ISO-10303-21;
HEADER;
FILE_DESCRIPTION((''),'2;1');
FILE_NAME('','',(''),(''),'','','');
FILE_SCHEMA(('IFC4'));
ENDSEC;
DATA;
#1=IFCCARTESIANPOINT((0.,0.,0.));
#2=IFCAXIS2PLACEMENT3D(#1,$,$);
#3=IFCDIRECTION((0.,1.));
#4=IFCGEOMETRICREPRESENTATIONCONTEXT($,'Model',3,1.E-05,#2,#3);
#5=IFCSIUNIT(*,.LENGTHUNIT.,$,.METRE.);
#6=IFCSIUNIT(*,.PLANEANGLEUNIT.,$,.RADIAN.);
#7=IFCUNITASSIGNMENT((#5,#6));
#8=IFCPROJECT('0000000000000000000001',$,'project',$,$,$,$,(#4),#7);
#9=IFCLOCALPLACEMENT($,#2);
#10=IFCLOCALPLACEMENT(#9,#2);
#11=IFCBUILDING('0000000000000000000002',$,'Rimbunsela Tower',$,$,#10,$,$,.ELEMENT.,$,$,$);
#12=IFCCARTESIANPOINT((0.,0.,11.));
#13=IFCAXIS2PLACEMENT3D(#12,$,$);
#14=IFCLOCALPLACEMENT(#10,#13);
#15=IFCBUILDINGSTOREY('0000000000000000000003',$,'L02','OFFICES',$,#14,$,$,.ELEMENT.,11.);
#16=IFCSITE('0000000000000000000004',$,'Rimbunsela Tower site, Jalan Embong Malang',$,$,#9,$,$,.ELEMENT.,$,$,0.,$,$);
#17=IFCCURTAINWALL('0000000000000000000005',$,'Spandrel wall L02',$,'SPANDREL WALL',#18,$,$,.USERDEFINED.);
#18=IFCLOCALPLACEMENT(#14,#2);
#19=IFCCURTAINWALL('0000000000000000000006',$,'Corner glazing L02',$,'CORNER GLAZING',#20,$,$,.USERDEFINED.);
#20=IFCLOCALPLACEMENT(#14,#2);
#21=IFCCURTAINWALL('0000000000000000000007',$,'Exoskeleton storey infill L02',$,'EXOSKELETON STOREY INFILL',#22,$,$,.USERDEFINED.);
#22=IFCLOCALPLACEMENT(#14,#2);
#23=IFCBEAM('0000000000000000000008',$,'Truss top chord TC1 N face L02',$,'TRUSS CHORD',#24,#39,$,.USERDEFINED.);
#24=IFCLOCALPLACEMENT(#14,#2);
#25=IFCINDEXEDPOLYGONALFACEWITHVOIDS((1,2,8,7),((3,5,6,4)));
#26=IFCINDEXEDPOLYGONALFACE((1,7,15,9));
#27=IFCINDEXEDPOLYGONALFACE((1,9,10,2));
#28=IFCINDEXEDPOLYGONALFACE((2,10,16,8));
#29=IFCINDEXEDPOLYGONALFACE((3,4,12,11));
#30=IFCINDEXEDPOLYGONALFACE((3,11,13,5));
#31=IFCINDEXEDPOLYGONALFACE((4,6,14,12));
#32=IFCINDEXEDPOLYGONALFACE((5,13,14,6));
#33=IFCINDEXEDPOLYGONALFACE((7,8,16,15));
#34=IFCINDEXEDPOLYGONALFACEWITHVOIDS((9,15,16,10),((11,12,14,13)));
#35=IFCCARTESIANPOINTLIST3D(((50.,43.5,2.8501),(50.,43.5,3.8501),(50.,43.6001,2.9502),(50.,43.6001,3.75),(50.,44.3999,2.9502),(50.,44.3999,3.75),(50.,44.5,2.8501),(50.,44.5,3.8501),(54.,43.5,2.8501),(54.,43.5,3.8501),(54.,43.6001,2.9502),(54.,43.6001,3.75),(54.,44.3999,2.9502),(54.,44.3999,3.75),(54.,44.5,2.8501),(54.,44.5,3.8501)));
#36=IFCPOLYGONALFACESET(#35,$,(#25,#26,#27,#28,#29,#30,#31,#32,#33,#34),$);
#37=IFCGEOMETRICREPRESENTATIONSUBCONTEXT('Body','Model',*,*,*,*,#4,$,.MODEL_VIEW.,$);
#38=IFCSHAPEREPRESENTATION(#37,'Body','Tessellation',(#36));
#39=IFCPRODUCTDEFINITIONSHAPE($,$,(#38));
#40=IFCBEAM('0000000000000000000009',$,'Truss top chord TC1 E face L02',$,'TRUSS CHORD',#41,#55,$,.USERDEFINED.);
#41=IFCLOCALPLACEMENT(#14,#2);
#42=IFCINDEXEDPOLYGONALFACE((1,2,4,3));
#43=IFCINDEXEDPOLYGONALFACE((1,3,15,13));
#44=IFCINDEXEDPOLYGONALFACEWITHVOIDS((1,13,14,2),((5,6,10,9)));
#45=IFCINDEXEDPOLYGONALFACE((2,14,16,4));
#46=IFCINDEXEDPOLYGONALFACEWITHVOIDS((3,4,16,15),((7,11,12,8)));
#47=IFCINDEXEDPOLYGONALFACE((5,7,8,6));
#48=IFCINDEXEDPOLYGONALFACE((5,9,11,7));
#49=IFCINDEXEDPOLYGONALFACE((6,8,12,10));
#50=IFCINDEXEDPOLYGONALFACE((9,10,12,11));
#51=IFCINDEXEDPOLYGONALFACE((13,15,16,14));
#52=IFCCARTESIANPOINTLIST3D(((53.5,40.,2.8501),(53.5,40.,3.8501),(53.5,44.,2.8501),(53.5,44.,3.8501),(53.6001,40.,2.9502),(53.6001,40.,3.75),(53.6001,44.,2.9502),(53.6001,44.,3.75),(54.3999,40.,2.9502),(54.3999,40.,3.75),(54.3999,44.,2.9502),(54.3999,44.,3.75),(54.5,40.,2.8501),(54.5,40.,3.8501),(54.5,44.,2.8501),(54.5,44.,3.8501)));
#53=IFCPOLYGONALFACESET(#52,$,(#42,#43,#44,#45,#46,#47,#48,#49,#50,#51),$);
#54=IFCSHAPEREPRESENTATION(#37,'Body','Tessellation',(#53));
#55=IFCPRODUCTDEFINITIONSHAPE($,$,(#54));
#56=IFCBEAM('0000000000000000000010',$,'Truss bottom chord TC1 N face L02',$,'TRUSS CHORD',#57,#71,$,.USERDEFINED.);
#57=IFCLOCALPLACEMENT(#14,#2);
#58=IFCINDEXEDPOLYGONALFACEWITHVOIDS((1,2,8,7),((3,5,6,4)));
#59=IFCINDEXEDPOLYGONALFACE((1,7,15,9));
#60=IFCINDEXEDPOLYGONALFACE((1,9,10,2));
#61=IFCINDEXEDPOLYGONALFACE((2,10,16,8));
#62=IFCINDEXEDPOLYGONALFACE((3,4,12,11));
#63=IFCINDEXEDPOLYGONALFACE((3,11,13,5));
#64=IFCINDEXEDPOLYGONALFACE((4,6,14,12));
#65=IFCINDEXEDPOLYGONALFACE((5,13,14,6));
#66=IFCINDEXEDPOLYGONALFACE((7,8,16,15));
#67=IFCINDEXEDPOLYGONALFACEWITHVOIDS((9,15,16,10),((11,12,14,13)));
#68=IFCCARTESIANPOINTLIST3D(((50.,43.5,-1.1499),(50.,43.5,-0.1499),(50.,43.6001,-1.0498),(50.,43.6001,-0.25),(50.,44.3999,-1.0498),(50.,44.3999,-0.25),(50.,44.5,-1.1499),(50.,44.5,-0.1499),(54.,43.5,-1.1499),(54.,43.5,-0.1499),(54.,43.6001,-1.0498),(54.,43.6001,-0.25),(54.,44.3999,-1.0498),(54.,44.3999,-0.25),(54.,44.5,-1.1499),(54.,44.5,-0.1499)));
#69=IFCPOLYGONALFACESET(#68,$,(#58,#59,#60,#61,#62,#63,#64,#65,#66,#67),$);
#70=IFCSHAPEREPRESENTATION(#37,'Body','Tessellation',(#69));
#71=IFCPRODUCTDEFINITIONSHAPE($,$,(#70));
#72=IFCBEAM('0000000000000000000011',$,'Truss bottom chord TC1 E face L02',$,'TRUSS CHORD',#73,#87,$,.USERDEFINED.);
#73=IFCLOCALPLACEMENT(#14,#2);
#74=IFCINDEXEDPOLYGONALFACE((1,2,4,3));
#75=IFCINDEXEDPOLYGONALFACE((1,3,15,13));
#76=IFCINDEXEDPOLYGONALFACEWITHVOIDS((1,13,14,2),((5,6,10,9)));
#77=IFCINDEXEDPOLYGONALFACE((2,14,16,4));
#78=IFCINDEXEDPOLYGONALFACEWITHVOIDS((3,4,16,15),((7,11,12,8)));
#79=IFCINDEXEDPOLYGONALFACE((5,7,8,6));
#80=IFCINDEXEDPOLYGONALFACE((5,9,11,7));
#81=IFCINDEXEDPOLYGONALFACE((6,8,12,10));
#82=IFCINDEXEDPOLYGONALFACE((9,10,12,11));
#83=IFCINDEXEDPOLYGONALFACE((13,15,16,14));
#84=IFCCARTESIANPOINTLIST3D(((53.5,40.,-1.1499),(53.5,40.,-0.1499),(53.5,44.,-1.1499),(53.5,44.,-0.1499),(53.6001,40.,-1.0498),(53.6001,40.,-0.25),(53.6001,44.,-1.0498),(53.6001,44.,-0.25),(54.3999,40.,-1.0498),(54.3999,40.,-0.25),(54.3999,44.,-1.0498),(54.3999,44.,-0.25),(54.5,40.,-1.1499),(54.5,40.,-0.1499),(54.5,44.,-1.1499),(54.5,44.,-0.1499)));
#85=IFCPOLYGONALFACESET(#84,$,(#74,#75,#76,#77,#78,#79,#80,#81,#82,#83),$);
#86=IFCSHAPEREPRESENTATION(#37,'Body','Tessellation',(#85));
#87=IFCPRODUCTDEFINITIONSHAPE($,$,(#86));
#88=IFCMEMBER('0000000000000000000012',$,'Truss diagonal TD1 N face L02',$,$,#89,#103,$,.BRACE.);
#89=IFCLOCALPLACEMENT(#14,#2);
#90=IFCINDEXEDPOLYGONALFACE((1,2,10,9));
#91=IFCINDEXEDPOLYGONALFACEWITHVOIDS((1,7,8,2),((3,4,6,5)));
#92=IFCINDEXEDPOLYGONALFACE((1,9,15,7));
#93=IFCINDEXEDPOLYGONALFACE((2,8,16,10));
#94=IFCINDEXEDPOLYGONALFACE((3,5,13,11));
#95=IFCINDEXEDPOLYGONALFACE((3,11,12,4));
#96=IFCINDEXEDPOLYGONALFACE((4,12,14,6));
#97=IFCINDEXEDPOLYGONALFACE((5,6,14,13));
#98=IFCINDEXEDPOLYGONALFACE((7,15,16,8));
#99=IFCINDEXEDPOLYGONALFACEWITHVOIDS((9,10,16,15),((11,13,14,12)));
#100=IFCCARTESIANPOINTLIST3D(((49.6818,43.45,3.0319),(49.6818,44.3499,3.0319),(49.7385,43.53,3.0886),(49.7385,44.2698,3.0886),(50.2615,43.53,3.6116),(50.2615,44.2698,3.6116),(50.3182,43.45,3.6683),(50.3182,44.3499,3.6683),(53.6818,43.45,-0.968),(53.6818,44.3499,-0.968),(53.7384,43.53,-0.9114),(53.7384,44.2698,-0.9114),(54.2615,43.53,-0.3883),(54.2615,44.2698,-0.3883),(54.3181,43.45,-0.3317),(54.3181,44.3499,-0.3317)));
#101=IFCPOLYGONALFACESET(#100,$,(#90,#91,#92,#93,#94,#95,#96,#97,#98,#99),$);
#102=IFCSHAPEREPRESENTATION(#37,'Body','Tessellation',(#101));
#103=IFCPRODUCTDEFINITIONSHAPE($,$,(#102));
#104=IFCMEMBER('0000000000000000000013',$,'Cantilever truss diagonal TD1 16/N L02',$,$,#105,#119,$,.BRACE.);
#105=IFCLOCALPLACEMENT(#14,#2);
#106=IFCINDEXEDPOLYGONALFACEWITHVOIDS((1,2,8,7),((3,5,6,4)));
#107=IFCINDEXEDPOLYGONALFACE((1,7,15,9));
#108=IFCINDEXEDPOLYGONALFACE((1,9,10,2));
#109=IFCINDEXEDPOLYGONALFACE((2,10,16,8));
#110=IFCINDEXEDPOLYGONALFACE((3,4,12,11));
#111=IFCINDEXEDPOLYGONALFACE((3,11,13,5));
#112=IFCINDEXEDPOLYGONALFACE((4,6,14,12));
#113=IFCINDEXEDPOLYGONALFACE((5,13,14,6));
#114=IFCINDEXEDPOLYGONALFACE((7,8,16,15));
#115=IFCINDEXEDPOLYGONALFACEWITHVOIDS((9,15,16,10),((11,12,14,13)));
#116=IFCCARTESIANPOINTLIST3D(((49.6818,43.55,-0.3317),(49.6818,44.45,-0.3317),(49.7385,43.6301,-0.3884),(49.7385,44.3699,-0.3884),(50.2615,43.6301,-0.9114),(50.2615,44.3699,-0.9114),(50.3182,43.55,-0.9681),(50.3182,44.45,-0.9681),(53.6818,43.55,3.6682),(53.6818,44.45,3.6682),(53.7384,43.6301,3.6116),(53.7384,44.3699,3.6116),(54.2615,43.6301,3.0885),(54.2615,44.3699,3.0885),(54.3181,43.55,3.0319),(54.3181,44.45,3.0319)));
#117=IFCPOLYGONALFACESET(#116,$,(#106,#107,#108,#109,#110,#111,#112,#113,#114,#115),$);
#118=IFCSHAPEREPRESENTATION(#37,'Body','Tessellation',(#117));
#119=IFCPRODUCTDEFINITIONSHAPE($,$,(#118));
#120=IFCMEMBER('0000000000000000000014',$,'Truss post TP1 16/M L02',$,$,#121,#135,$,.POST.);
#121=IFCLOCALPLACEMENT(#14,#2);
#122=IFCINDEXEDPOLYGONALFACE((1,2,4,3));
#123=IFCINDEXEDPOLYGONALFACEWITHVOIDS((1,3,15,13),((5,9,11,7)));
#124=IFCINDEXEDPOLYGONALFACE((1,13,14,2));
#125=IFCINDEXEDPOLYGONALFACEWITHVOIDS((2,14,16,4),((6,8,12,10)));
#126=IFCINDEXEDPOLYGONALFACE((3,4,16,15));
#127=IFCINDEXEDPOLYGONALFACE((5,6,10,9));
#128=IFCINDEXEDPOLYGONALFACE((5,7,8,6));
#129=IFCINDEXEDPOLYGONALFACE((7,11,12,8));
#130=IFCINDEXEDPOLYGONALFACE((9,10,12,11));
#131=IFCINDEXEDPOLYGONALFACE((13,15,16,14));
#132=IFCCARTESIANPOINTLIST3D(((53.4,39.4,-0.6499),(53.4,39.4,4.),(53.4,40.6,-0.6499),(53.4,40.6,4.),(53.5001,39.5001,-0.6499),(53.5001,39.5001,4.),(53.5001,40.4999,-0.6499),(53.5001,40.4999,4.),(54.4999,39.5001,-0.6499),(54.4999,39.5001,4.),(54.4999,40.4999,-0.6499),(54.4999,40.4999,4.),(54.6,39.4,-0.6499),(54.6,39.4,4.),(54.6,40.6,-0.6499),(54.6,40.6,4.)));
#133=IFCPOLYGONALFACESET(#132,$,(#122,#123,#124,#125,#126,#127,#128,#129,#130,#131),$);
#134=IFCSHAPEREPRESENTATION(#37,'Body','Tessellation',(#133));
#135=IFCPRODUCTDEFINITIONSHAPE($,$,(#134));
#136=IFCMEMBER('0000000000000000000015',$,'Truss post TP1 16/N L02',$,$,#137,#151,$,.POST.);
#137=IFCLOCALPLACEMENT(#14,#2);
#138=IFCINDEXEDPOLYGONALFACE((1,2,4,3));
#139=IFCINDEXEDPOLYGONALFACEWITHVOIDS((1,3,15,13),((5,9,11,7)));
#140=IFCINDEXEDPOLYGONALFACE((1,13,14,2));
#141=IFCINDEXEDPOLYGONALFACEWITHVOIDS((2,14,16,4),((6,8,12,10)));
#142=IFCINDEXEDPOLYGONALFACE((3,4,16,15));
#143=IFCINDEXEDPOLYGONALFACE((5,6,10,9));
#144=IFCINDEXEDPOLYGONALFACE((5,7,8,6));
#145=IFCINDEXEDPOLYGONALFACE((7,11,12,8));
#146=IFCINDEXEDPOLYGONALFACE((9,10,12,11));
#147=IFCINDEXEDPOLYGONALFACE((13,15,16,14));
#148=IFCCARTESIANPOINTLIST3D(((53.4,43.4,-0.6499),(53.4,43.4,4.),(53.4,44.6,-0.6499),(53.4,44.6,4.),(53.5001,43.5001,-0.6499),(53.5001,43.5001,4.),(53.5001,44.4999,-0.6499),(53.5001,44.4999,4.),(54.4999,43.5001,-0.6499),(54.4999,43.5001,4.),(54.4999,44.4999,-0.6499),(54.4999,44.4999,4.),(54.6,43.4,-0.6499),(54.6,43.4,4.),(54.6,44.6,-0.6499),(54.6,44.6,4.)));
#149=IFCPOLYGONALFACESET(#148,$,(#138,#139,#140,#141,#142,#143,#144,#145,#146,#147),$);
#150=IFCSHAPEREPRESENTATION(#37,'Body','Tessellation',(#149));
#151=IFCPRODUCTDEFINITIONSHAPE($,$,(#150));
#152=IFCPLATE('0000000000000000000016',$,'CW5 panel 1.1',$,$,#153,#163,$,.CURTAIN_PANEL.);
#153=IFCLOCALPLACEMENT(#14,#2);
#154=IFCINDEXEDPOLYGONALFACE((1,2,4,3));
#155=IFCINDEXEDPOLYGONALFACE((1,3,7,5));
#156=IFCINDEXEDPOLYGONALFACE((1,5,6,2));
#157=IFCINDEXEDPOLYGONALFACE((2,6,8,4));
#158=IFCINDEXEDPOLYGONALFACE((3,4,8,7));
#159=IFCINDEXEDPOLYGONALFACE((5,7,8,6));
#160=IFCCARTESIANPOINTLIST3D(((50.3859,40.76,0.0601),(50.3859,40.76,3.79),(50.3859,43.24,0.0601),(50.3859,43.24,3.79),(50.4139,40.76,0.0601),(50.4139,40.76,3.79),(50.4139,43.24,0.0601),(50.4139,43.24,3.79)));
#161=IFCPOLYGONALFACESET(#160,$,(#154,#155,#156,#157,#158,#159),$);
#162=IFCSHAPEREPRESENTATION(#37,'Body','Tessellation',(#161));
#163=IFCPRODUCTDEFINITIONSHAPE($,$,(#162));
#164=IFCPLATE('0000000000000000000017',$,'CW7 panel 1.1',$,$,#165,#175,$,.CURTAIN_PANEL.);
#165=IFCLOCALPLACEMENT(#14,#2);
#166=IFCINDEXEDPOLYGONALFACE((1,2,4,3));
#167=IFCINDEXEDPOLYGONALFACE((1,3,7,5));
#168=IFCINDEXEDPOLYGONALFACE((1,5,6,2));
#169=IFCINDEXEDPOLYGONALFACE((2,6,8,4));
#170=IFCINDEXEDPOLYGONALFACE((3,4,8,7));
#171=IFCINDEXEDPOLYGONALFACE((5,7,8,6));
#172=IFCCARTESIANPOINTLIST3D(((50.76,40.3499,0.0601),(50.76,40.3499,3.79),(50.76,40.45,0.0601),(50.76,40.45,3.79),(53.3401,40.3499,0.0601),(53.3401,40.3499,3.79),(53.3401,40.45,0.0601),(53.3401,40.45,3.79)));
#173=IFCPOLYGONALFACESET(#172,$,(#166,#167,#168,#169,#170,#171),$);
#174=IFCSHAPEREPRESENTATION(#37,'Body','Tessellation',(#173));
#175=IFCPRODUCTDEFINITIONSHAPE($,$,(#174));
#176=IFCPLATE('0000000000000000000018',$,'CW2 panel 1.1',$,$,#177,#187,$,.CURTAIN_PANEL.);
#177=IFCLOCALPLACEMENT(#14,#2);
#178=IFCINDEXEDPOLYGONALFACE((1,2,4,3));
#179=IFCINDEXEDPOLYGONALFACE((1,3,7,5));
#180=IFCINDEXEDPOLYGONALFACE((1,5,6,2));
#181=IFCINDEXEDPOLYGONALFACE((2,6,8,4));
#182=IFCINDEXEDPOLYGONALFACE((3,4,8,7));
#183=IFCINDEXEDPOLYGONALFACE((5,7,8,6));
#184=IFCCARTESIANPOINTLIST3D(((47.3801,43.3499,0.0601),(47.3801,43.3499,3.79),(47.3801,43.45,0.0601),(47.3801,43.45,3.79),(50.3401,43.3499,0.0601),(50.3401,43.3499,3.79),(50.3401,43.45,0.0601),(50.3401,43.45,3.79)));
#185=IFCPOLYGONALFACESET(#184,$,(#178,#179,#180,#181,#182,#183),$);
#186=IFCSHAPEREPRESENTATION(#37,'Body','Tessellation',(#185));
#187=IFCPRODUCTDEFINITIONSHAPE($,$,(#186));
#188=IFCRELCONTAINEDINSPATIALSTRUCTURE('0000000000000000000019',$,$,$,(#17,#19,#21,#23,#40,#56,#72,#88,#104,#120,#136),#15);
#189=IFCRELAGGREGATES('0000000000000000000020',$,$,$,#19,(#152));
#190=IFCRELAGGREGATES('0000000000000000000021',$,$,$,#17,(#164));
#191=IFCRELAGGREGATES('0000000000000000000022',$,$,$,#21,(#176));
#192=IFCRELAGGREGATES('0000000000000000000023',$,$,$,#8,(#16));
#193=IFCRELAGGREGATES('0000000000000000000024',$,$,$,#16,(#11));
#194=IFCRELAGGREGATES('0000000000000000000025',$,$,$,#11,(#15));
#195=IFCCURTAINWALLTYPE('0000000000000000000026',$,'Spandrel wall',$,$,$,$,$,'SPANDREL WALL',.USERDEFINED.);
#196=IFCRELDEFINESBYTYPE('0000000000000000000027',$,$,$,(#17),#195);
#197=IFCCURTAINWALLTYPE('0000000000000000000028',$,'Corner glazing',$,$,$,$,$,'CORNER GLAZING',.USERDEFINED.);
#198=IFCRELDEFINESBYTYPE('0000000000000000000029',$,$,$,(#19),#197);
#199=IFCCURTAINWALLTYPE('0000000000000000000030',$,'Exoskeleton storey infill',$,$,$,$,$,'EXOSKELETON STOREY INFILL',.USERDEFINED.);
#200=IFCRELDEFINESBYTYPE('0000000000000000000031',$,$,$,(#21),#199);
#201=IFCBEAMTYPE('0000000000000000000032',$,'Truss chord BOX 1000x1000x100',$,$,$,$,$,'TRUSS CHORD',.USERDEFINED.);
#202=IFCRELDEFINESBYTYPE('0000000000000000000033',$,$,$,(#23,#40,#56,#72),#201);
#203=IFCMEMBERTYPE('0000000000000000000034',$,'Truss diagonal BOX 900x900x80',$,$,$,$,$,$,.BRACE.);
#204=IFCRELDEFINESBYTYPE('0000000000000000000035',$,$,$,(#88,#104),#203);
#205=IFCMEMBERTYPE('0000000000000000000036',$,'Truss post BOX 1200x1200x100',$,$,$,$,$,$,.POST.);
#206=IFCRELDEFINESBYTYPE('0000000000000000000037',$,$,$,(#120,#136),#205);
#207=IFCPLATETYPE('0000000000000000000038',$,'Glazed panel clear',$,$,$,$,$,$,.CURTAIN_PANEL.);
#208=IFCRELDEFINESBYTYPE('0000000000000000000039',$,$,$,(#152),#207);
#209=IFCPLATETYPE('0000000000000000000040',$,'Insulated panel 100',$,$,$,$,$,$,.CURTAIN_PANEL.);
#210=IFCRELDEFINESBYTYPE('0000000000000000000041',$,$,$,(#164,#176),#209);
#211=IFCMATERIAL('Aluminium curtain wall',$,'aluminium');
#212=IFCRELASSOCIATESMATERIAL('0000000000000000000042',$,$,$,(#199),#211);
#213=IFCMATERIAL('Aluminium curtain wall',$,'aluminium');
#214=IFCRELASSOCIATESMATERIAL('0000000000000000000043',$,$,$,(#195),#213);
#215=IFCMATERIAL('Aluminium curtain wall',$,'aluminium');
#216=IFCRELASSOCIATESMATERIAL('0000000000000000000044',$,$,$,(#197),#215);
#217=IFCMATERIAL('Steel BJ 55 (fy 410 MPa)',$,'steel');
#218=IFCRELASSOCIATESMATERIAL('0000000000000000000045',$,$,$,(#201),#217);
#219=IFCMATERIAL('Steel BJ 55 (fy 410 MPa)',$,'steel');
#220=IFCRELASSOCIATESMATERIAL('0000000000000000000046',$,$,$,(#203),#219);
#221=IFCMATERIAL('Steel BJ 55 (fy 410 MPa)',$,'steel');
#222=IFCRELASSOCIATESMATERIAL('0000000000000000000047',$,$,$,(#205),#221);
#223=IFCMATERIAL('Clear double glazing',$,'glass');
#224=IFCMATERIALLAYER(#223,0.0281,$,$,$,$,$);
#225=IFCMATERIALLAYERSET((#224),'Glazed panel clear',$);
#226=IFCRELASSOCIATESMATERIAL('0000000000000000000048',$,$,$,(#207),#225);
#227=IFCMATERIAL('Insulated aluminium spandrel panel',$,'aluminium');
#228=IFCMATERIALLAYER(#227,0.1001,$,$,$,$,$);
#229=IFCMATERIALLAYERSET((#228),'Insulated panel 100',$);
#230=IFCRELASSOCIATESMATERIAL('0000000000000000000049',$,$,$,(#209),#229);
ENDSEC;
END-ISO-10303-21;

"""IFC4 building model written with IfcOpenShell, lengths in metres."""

from ifc_helpers import new_model, si_unit, direction, frame, origin, origin_2d, place, context, subcontext, project, spatial, rectangle, hollow_rectangle, extrude, material, layer, layer_set, material_profile, profile_set, type_object, element, aggregate, save


model = new_model("IFC4")

# Units and contexts
model_context = context("Model", 3, precision=1e-05, world=origin(), true_north=direction((0.0, 1.0)))
body_context = subcontext(model_context, "Body", "Model", "MODEL_VIEW")
ifc_project = project(units=[si_unit("LENGTHUNIT", "METRE"), si_unit("PLANEANGLEUNIT", "RADIAN")], contexts=[model_context])

# Site, building, storey
site_placement = place(None, origin())
site = spatial("IfcSite", under=ifc_project, at=site_placement, Name="Rimbunsela Tower site, Jalan Embong Malang", CompositionType="ELEMENT", RefElevation=0.0)
building_placement = place(site_placement, origin())
building = spatial("IfcBuilding", under=site, at=building_placement, Name="Rimbunsela Tower", CompositionType="ELEMENT")
storey_placement = place(building_placement, frame((0.0, 0.0, 11.0)))
storey = spatial("IfcBuildingStorey", under=building, at=storey_placement, Name="L02", Description="OFFICES", CompositionType="ELEMENT", Elevation=11.0)

# Shared definitions
ifc_material_1 = material(Name="Aluminium curtain wall", Category="aluminium")
curtain_wall_type_1 = type_object("IfcCurtainWallType", Name="Exoskeleton storey infill", ElementType="EXOSKELETON STOREY INFILL", PredefinedType="USERDEFINED", material=ifc_material_1)

# Curtain walls
ifc_material_2 = material(Name="Aluminium curtain wall", Category="aluminium")
curtain_wall_type_2 = type_object("IfcCurtainWallType", Name="Spandrel wall", ElementType="SPANDREL WALL", PredefinedType="USERDEFINED", material=ifc_material_2)
curtain_wall_1_placement = place(storey_placement, origin())
curtain_wall_1 = element("IfcCurtainWall", 1, at=curtain_wall_1_placement, inside=storey, type_object=curtain_wall_type_2, Name="Spandrel wall L02", ObjectType="SPANDREL WALL", PredefinedType="USERDEFINED")
ifc_material_3 = material(Name="Aluminium curtain wall", Category="aluminium")
curtain_wall_type_3 = type_object("IfcCurtainWallType", Name="Corner glazing", ElementType="CORNER GLAZING", PredefinedType="USERDEFINED", material=ifc_material_3)
curtain_wall_2_placement = place(storey_placement, origin())
curtain_wall_2 = element("IfcCurtainWall", 2, at=curtain_wall_2_placement, inside=storey, type_object=curtain_wall_type_3, Name="Corner glazing L02", ObjectType="CORNER GLAZING", PredefinedType="USERDEFINED")

# Curtain wall
curtain_wall_3_placement = place(storey_placement, origin())
curtain_wall_3 = element("IfcCurtainWall", 3, at=curtain_wall_3_placement, inside=storey, type_object=curtain_wall_type_1, Name="Exoskeleton storey infill L02", ObjectType="EXOSKELETON STOREY INFILL", PredefinedType="USERDEFINED")

# Beams
ifc_material_4 = material(Name="Steel BJ 55 (fy 410 MPa)", Category="steel")
ifc_material_profile_1 = material_profile(ifc_material_4, hollow_rectangle(XDim=1.0, YDim=1.0, WallThickness=0.1001, at=origin_2d()), Name="BOX 1000x1000x100")
ifc_profile_set_1 = profile_set([ifc_material_profile_1], Name="Steel BJ 55 (fy 410 MPa)")
beam_type = type_object("IfcBeamType", Name="Truss chord BOX 1000x1000x100", ElementType="TRUSS CHORD", PredefinedType="USERDEFINED", material=ifc_profile_set_1)
for number, where, z_axis, x_axis, name in (
    (4, (50.0, 44.0, 3.3501), (1.0, 0.0, 0.0), (0.0, 1.0, 0.0), "Truss top chord TC1 N face L02"),
    (5, (54.0, 40.0, 3.3501), (0.0, 1.0, 0.0), (-1.0, 0.0, 0.0), "Truss top chord TC1 E face L02"),
    (6, (50.0, 44.0, -0.6499), (1.0, 0.0, 0.0), (0.0, 1.0, 0.0), "Truss bottom chord TC1 N face L02"),
    (7, (54.0, 40.0, -0.6499), (0.0, 1.0, 0.0), (-1.0, 0.0, 0.0), "Truss bottom chord TC1 E face L02"),
):
    element("IfcBeam", number, at=place(storey_placement, frame(where, z_axis=z_axis, x_axis=x_axis)), inside=storey, type_object=beam_type, Name=name, ObjectType="TRUSS CHORD", PredefinedType="USERDEFINED", context=body_context, shape_type="SweptSolid", body=[
        extrude(hollow_rectangle(XDim=1.0, YDim=1.0, WallThickness=0.1001, at=origin_2d()), origin(), (0.0, 0.0, 1.0), 4.0),
    ])

# Members
ifc_material_5 = material(Name="Steel BJ 55 (fy 410 MPa)", Category="steel")
ifc_material_profile_2 = material_profile(ifc_material_5, hollow_rectangle(XDim=0.8999, YDim=0.8999, WallThickness=0.0801, at=origin_2d()), Name="BOX 900x900x80")
ifc_profile_set_2 = profile_set([ifc_material_profile_2], Name="Steel BJ 55 (fy 410 MPa)")
member_type_1 = type_object("IfcMemberType", Name="Truss diagonal BOX 900x900x80", PredefinedType="BRACE", material=ifc_profile_set_2)
for number, where, z_axis, x_axis, name in (
    (8, (50.0, 43.8999, 3.3501), (0.707107, 0.0, -0.707107), (0.0, 1.0, 0.0), "Truss diagonal TD1 N face L02"),
    (9, (50.0, 44.0, -0.6499), (0.707107, 0.0, 0.707107), (0.0, 1.0, 0.0), "Cantilever truss diagonal TD1 16/N L02"),
):
    element("IfcMember", number, at=place(storey_placement, frame(where, z_axis=z_axis, x_axis=x_axis)), inside=storey, type_object=member_type_1, Name=name, PredefinedType="BRACE", context=body_context, shape_type="SweptSolid", body=[
        extrude(hollow_rectangle(XDim=0.8999, YDim=0.8999, WallThickness=0.0801, at=origin_2d()), origin(), (0.0, 0.0, 1.0), 5.6567),
    ])
ifc_material_6 = material(Name="Steel BJ 55 (fy 410 MPa)", Category="steel")
ifc_material_profile_3 = material_profile(ifc_material_6, hollow_rectangle(XDim=1.2, YDim=1.2, WallThickness=0.1001, at=origin_2d()), Name="BOX 1200x1200x100")
ifc_profile_set_3 = profile_set([ifc_material_profile_3], Name="Steel BJ 55 (fy 410 MPa)")
member_type_2 = type_object("IfcMemberType", Name="Truss post BOX 1200x1200x100", PredefinedType="POST", material=ifc_profile_set_3)
for number, where, z_axis, x_axis, name in (
    (10, (54.0, 40.0, -0.6499), (0.0, 0.0, 1.0), (1.0, 0.0, 0.0), "Truss post TP1 16/M L02"),
    (11, (54.0, 44.0, -0.6499), (0.0, 0.0, 1.0), (1.0, 0.0, 0.0), "Truss post TP1 16/N L02"),
):
    element("IfcMember", number, at=place(storey_placement, frame(where, z_axis=z_axis, x_axis=x_axis)), inside=storey, type_object=member_type_2, Name=name, PredefinedType="POST", context=body_context, shape_type="SweptSolid", body=[
        extrude(hollow_rectangle(XDim=1.2, YDim=1.2, WallThickness=0.1001, at=origin_2d()), origin(), (0.0, 0.0, 1.0), 4.6499),
    ])

# Plates
ifc_material_7 = material(Name="Clear double glazing", Category="glass")
ifc_layer_1 = layer(ifc_material_7, 0.0281)
ifc_layer_set_1 = layer_set([ifc_layer_1], Name="Glazed panel clear")
plate_type_1 = type_object("IfcPlateType", Name="Glazed panel clear", PredefinedType="CURTAIN_PANEL", material=ifc_layer_set_1)
plate_1_placement = place(storey_placement, frame((50.3999, 42.0, 0.0601), z_axis=(0.0, 0.0, 1.0), x_axis=(0.0, 1.0, 0.0)))
plate_1 = element("IfcPlate", 12, at=plate_1_placement, type_object=plate_type_1, Name="CW5 panel 1.1", PredefinedType="CURTAIN_PANEL", context=body_context, shape_type="SweptSolid", body=[
    extrude(rectangle(XDim=2.48, YDim=0.0281, at=origin_2d()), origin(), (0.0, 0.0, 1.0), 3.73),
])
aggregate(curtain_wall_2, [plate_1])
ifc_material_8 = material(Name="Insulated aluminium spandrel panel", Category="aluminium")
ifc_layer_2 = layer(ifc_material_8, 0.1001)
ifc_layer_set_2 = layer_set([ifc_layer_2], Name="Insulated panel 100")
plate_type_2 = type_object("IfcPlateType", Name="Insulated panel 100", PredefinedType="CURTAIN_PANEL", material=ifc_layer_set_2)
plate_2_placement = place(storey_placement, frame((52.05, 40.3999, 0.0601), z_axis=(0.0, 0.0, 1.0), x_axis=(-1.0, 0.0, 0.0)))
plate_2 = element("IfcPlate", 13, at=plate_2_placement, type_object=plate_type_2, Name="CW7 panel 1.1", PredefinedType="CURTAIN_PANEL", context=body_context, shape_type="SweptSolid", body=[
    extrude(rectangle(XDim=2.5801, YDim=0.1001, at=origin_2d()), origin(), (0.0, 0.0, 1.0), 3.73),
])
aggregate(curtain_wall_1, [plate_2])
plate_3_placement = place(storey_placement, frame((48.8601, 43.3999, 0.0601), z_axis=(0.0, 0.0, 1.0), x_axis=(-1.0, 0.0, 0.0)))
plate_3 = element("IfcPlate", 14, at=plate_3_placement, type_object=plate_type_2, Name="CW2 panel 1.1", PredefinedType="CURTAIN_PANEL", context=body_context, shape_type="SweptSolid", body=[
    extrude(rectangle(XDim=2.96, YDim=0.1001, at=origin_2d()), origin(), (0.0, 0.0, 1.0), 3.73),
])
aggregate(curtain_wall_3, [plate_3])

save(model, "model.ifc")
